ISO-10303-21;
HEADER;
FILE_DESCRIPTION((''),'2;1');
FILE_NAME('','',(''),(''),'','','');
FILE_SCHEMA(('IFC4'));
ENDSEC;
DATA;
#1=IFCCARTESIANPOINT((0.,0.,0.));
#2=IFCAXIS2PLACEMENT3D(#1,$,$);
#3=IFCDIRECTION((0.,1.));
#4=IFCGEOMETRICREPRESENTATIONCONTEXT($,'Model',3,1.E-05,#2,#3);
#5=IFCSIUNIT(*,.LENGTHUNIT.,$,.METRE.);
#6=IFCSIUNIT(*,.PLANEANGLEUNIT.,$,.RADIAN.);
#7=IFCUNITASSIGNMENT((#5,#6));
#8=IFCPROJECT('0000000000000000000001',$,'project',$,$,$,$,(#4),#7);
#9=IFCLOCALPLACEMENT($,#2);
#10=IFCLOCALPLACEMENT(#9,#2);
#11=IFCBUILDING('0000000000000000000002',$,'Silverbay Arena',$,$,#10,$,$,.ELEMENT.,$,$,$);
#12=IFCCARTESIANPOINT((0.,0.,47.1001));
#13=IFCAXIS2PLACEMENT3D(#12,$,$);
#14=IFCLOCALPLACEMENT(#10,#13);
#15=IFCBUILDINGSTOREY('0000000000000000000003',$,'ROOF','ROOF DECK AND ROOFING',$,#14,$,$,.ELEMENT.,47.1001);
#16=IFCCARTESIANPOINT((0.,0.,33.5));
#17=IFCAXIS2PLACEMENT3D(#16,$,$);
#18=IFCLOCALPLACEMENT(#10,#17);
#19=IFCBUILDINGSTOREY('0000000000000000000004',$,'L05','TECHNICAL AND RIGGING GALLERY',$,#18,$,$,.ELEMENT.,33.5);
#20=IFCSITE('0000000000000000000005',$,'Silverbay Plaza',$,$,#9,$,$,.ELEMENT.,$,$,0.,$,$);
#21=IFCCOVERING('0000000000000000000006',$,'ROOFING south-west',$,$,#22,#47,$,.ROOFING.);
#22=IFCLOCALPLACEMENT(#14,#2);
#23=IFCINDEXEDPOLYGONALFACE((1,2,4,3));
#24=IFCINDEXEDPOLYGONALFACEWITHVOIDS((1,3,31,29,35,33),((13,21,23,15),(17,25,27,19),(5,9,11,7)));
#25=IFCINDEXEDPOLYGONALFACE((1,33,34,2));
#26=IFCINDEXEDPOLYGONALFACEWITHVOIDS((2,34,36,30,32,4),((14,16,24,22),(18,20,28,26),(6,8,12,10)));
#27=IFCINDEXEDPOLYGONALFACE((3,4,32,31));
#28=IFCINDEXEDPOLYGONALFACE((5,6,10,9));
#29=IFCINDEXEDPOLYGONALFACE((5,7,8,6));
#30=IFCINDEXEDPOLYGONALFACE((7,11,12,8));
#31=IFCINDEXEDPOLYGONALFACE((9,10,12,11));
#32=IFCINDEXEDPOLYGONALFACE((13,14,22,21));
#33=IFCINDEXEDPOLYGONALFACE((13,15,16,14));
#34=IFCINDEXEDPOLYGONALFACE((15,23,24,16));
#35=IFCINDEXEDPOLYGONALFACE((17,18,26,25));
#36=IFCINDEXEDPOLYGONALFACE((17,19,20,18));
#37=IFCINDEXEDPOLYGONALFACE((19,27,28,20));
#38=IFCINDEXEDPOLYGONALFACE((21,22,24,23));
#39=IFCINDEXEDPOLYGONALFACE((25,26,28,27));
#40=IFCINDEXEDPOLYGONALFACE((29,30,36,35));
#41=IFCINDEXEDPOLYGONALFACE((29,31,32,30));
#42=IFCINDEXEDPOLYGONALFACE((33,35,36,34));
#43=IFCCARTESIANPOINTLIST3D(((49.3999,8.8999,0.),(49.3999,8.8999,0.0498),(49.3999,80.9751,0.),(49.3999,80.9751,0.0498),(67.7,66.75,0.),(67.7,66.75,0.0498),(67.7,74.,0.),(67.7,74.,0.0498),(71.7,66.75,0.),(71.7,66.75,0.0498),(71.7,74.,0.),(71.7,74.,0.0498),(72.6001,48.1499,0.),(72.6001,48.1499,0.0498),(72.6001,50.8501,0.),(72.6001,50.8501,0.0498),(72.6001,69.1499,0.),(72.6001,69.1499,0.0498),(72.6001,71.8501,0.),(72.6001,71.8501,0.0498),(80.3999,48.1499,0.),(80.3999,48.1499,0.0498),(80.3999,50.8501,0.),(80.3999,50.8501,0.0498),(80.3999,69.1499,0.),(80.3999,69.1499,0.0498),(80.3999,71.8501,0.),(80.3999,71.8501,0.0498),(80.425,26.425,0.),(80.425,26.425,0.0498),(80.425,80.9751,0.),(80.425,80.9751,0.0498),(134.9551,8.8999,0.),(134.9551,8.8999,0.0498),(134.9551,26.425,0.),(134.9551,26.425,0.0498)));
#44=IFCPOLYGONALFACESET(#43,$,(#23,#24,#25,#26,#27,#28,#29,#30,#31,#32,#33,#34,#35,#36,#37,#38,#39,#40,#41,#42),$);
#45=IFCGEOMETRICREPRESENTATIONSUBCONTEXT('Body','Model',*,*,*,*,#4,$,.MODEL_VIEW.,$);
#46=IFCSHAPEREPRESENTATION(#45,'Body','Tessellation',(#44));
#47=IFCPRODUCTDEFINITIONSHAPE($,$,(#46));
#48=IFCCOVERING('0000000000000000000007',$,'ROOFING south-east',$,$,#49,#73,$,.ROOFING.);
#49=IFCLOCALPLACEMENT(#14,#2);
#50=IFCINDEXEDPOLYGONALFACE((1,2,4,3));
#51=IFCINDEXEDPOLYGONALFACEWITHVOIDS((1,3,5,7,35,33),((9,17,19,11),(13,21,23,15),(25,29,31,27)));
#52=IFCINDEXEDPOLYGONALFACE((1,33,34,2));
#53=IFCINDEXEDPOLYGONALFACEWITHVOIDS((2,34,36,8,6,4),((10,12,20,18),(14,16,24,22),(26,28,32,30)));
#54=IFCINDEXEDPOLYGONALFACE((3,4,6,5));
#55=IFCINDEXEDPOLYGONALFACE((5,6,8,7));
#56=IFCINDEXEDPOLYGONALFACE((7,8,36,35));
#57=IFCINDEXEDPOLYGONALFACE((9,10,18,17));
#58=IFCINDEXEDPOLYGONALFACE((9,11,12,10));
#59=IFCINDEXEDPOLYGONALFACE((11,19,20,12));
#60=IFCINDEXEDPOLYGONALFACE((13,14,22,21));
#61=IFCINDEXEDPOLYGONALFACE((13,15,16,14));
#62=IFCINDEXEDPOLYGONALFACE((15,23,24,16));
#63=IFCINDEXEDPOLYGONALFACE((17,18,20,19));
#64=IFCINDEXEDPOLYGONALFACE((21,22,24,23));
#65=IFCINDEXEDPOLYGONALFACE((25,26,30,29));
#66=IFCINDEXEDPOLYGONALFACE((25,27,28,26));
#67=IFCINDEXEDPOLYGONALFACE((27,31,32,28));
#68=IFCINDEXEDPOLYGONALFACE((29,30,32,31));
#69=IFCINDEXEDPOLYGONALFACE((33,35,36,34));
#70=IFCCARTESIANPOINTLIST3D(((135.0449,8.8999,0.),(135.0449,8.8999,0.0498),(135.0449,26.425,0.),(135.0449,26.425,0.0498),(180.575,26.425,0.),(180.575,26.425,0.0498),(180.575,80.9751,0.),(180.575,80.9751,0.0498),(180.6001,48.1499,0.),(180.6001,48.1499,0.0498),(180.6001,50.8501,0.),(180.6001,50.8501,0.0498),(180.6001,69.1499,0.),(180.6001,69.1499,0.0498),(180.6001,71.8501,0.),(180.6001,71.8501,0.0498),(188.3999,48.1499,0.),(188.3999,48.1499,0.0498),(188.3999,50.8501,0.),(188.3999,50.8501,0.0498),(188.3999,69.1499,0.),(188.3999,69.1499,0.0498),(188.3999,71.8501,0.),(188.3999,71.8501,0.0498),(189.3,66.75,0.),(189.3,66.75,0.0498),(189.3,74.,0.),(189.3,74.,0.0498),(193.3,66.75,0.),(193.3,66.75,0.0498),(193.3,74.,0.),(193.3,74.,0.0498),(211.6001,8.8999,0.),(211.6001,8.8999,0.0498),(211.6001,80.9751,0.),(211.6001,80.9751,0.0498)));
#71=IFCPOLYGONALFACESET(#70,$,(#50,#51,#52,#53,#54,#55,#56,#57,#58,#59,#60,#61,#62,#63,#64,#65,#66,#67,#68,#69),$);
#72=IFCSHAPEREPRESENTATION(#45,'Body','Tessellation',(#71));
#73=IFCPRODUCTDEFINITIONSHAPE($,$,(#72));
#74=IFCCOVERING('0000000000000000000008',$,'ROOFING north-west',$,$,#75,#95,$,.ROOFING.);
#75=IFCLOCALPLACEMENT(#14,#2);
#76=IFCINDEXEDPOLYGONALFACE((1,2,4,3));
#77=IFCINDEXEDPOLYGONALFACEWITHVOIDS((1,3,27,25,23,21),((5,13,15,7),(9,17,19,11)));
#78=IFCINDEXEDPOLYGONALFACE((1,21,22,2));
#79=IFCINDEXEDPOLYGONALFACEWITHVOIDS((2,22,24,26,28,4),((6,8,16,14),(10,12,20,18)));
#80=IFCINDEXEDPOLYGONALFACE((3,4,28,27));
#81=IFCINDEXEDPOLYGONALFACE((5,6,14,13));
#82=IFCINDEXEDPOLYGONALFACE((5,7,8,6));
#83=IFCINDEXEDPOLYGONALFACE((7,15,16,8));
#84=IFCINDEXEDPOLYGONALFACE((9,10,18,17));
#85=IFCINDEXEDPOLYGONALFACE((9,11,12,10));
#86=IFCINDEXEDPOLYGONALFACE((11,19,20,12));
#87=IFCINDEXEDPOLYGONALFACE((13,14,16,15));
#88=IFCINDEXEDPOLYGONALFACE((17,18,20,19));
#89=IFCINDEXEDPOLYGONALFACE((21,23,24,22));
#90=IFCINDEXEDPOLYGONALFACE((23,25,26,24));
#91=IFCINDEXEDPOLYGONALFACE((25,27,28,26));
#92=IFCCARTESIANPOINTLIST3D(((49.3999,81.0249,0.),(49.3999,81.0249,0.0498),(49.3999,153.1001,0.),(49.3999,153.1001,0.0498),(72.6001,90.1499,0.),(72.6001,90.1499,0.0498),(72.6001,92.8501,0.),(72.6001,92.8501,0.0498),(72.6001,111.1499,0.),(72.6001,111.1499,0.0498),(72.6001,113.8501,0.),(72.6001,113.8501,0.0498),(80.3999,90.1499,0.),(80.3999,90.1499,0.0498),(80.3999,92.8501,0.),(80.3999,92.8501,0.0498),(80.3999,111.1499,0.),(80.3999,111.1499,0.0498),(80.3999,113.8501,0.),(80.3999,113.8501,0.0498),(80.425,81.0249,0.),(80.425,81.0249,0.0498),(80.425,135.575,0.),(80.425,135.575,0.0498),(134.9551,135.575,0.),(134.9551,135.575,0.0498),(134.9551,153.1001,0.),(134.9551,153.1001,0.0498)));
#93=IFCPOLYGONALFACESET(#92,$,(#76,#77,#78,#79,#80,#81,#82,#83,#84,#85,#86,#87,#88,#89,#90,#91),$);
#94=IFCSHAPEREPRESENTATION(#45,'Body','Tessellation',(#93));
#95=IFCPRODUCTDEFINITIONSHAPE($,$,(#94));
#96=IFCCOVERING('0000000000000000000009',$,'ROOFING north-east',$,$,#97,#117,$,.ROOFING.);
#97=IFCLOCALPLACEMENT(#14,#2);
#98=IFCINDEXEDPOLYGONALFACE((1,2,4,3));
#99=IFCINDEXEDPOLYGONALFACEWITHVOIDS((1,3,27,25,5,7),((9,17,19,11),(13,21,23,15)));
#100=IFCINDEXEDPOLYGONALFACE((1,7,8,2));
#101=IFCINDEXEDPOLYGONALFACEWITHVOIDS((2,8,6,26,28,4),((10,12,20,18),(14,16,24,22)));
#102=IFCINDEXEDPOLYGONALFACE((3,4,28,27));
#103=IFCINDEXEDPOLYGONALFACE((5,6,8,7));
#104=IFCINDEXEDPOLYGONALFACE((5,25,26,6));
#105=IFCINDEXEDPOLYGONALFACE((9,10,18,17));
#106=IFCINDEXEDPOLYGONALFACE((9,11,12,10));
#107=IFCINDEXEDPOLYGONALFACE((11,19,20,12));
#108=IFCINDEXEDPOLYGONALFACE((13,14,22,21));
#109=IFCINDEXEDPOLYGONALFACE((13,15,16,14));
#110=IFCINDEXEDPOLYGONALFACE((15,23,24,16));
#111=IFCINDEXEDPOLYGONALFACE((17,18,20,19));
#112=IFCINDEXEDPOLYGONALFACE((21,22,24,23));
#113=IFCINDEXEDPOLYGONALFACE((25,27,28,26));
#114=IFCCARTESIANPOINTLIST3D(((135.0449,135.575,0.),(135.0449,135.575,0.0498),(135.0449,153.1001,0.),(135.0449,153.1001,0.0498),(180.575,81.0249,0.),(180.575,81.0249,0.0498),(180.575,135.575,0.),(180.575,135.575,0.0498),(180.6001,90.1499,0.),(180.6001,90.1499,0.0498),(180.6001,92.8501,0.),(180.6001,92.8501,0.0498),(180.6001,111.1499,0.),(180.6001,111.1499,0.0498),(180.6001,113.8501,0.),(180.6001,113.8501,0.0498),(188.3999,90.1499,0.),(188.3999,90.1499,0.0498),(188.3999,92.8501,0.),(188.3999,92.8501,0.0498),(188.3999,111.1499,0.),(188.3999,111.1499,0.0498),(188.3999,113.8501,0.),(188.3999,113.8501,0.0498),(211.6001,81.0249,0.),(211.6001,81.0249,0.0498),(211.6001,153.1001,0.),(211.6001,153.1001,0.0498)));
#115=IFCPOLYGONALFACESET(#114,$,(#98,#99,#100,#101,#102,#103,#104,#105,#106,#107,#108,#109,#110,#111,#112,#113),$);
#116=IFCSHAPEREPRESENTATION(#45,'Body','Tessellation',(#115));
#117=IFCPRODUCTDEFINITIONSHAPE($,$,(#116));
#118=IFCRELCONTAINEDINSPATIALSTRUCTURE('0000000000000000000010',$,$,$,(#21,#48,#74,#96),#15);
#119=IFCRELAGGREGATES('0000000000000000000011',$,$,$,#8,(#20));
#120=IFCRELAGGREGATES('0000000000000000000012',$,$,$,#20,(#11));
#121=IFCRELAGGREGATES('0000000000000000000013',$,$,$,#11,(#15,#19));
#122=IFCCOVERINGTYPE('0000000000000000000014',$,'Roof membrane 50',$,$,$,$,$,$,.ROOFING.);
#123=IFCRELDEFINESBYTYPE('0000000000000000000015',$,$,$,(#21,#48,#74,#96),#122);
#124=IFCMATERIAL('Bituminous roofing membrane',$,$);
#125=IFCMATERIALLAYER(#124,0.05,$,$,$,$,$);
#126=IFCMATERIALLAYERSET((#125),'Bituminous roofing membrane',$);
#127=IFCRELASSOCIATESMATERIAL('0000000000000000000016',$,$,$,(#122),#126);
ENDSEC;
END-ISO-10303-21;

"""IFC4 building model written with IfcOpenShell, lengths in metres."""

from ifc_helpers import new_model, si_unit, direction, frame, origin, place, context, subcontext, project, spatial, polyline, outline, extrude, material, layer, layer_set, type_object, element, save


model = new_model("IFC4")

# Units and contexts
model_context = context("Model", 3, precision=1e-05, world=origin(), true_north=direction((0.0, 1.0)))
body_context = subcontext(model_context, "Body", "Model", "MODEL_VIEW")
ifc_project = project(units=[si_unit("LENGTHUNIT", "METRE"), si_unit("PLANEANGLEUNIT", "RADIAN")], contexts=[model_context])

# Site, building, storey
site_placement = place(None, origin())
site = spatial("IfcSite", under=ifc_project, at=site_placement, Name="Silverbay Plaza", CompositionType="ELEMENT", RefElevation=0.0)
building_placement = place(site_placement, origin())
building = spatial("IfcBuilding", under=site, at=building_placement, Name="Silverbay Arena", CompositionType="ELEMENT")
storey_1_placement = place(building_placement, frame((0.0, 0.0, 47.1001)))
storey_1 = spatial("IfcBuildingStorey", under=building, at=storey_1_placement, Name="ROOF", Description="ROOF DECK AND ROOFING", CompositionType="ELEMENT", Elevation=47.1001)

# Shared definitions
storey_2_placement = place(building_placement, frame((0.0, 0.0, 33.5)))
storey_2 = spatial("IfcBuildingStorey", under=building, at=storey_2_placement, Name="L05", Description="TECHNICAL AND RIGGING GALLERY", CompositionType="ELEMENT", Elevation=33.5)

# Coverings
ifc_material_1 = material(Name="Bituminous roofing membrane")
ifc_layer_1 = layer(ifc_material_1, 0.05)
ifc_layer_set_1 = layer_set([ifc_layer_1], Name="Bituminous roofing membrane")
covering_type_1 = type_object("IfcCoveringType", Name="Roof membrane 50", PredefinedType="ROOFING", material=ifc_layer_set_1)
covering_1_placement = place(storey_1_placement, origin())
element("IfcCovering", 1, at=covering_1_placement, inside=storey_1, type_object=covering_type_1, Name="ROOFING south-west", PredefinedType="ROOFING", context=body_context, shape_type="SweptSolid", body=[
    extrude(outline(polyline([(134.9551, 8.8999), (134.9551, 26.425), (80.425, 26.425), (80.425, 80.9751), (49.3999, 80.9751), (49.3999, 8.8999), (134.9551, 8.8999)]), holes=[polyline([(72.6001, 48.1499), (72.6001, 50.8501), (80.3999, 50.8501), (80.3999, 48.1499), (72.6001, 48.1499)]), polyline([(67.7, 66.75), (67.7, 74.0), (71.7, 74.0), (71.7, 66.75), (67.7, 66.75)]), polyline([(72.6001, 69.1499), (72.6001, 71.8501), (80.3999, 71.8501), (80.3999, 69.1499), (72.6001, 69.1499)])]), origin(), (0.0, 0.0, 1.0), 0.0498),
])
covering_2_placement = place(storey_1_placement, origin())
element("IfcCovering", 2, at=covering_2_placement, inside=storey_1, type_object=covering_type_1, Name="ROOFING south-east", PredefinedType="ROOFING", context=body_context, shape_type="SweptSolid", body=[
    extrude(outline(polyline([(211.6001, 80.9751), (180.575, 80.9751), (180.575, 26.425), (135.0449, 26.425), (135.0449, 8.8999), (211.6001, 8.8999), (211.6001, 80.9751)]), holes=[polyline([(180.6001, 48.1499), (180.6001, 50.8501), (188.3999, 50.8501), (188.3999, 48.1499), (180.6001, 48.1499)]), polyline([(189.3, 66.75), (189.3, 74.0), (193.3, 74.0), (193.3, 66.75), (189.3, 66.75)]), polyline([(180.6001, 69.1499), (180.6001, 71.8501), (188.3999, 71.8501), (188.3999, 69.1499), (180.6001, 69.1499)])]), origin(), (0.0, 0.0, 1.0), 0.0498),
])
covering_3_placement = place(storey_1_placement, origin())
element("IfcCovering", 3, at=covering_3_placement, inside=storey_1, type_object=covering_type_1, Name="ROOFING north-west", PredefinedType="ROOFING", context=body_context, shape_type="SweptSolid", body=[
    extrude(outline(polyline([(49.3999, 81.0249), (80.425, 81.0249), (80.425, 135.575), (134.9551, 135.575), (134.9551, 153.1001), (49.3999, 153.1001), (49.3999, 81.0249)]), holes=[polyline([(72.6001, 90.1499), (72.6001, 92.8501), (80.3999, 92.8501), (80.3999, 90.1499), (72.6001, 90.1499)]), polyline([(72.6001, 111.1499), (72.6001, 113.8501), (80.3999, 113.8501), (80.3999, 111.1499), (72.6001, 111.1499)])]), origin(), (0.0, 0.0, 1.0), 0.0498),
])
covering_4_placement = place(storey_1_placement, origin())
element("IfcCovering", 4, at=covering_4_placement, inside=storey_1, type_object=covering_type_1, Name="ROOFING north-east", PredefinedType="ROOFING", context=body_context, shape_type="SweptSolid", body=[
    extrude(outline(polyline([(135.0449, 153.1001), (135.0449, 135.575), (180.575, 135.575), (180.575, 81.0249), (211.6001, 81.0249), (211.6001, 153.1001), (135.0449, 153.1001)]), holes=[polyline([(180.6001, 90.1499), (180.6001, 92.8501), (188.3999, 92.8501), (188.3999, 90.1499), (180.6001, 90.1499)]), polyline([(180.6001, 111.1499), (180.6001, 113.8501), (188.3999, 113.8501), (188.3999, 111.1499), (180.6001, 111.1499)])]), origin(), (0.0, 0.0, 1.0), 0.0498),
])

save(model, "model.ifc")
